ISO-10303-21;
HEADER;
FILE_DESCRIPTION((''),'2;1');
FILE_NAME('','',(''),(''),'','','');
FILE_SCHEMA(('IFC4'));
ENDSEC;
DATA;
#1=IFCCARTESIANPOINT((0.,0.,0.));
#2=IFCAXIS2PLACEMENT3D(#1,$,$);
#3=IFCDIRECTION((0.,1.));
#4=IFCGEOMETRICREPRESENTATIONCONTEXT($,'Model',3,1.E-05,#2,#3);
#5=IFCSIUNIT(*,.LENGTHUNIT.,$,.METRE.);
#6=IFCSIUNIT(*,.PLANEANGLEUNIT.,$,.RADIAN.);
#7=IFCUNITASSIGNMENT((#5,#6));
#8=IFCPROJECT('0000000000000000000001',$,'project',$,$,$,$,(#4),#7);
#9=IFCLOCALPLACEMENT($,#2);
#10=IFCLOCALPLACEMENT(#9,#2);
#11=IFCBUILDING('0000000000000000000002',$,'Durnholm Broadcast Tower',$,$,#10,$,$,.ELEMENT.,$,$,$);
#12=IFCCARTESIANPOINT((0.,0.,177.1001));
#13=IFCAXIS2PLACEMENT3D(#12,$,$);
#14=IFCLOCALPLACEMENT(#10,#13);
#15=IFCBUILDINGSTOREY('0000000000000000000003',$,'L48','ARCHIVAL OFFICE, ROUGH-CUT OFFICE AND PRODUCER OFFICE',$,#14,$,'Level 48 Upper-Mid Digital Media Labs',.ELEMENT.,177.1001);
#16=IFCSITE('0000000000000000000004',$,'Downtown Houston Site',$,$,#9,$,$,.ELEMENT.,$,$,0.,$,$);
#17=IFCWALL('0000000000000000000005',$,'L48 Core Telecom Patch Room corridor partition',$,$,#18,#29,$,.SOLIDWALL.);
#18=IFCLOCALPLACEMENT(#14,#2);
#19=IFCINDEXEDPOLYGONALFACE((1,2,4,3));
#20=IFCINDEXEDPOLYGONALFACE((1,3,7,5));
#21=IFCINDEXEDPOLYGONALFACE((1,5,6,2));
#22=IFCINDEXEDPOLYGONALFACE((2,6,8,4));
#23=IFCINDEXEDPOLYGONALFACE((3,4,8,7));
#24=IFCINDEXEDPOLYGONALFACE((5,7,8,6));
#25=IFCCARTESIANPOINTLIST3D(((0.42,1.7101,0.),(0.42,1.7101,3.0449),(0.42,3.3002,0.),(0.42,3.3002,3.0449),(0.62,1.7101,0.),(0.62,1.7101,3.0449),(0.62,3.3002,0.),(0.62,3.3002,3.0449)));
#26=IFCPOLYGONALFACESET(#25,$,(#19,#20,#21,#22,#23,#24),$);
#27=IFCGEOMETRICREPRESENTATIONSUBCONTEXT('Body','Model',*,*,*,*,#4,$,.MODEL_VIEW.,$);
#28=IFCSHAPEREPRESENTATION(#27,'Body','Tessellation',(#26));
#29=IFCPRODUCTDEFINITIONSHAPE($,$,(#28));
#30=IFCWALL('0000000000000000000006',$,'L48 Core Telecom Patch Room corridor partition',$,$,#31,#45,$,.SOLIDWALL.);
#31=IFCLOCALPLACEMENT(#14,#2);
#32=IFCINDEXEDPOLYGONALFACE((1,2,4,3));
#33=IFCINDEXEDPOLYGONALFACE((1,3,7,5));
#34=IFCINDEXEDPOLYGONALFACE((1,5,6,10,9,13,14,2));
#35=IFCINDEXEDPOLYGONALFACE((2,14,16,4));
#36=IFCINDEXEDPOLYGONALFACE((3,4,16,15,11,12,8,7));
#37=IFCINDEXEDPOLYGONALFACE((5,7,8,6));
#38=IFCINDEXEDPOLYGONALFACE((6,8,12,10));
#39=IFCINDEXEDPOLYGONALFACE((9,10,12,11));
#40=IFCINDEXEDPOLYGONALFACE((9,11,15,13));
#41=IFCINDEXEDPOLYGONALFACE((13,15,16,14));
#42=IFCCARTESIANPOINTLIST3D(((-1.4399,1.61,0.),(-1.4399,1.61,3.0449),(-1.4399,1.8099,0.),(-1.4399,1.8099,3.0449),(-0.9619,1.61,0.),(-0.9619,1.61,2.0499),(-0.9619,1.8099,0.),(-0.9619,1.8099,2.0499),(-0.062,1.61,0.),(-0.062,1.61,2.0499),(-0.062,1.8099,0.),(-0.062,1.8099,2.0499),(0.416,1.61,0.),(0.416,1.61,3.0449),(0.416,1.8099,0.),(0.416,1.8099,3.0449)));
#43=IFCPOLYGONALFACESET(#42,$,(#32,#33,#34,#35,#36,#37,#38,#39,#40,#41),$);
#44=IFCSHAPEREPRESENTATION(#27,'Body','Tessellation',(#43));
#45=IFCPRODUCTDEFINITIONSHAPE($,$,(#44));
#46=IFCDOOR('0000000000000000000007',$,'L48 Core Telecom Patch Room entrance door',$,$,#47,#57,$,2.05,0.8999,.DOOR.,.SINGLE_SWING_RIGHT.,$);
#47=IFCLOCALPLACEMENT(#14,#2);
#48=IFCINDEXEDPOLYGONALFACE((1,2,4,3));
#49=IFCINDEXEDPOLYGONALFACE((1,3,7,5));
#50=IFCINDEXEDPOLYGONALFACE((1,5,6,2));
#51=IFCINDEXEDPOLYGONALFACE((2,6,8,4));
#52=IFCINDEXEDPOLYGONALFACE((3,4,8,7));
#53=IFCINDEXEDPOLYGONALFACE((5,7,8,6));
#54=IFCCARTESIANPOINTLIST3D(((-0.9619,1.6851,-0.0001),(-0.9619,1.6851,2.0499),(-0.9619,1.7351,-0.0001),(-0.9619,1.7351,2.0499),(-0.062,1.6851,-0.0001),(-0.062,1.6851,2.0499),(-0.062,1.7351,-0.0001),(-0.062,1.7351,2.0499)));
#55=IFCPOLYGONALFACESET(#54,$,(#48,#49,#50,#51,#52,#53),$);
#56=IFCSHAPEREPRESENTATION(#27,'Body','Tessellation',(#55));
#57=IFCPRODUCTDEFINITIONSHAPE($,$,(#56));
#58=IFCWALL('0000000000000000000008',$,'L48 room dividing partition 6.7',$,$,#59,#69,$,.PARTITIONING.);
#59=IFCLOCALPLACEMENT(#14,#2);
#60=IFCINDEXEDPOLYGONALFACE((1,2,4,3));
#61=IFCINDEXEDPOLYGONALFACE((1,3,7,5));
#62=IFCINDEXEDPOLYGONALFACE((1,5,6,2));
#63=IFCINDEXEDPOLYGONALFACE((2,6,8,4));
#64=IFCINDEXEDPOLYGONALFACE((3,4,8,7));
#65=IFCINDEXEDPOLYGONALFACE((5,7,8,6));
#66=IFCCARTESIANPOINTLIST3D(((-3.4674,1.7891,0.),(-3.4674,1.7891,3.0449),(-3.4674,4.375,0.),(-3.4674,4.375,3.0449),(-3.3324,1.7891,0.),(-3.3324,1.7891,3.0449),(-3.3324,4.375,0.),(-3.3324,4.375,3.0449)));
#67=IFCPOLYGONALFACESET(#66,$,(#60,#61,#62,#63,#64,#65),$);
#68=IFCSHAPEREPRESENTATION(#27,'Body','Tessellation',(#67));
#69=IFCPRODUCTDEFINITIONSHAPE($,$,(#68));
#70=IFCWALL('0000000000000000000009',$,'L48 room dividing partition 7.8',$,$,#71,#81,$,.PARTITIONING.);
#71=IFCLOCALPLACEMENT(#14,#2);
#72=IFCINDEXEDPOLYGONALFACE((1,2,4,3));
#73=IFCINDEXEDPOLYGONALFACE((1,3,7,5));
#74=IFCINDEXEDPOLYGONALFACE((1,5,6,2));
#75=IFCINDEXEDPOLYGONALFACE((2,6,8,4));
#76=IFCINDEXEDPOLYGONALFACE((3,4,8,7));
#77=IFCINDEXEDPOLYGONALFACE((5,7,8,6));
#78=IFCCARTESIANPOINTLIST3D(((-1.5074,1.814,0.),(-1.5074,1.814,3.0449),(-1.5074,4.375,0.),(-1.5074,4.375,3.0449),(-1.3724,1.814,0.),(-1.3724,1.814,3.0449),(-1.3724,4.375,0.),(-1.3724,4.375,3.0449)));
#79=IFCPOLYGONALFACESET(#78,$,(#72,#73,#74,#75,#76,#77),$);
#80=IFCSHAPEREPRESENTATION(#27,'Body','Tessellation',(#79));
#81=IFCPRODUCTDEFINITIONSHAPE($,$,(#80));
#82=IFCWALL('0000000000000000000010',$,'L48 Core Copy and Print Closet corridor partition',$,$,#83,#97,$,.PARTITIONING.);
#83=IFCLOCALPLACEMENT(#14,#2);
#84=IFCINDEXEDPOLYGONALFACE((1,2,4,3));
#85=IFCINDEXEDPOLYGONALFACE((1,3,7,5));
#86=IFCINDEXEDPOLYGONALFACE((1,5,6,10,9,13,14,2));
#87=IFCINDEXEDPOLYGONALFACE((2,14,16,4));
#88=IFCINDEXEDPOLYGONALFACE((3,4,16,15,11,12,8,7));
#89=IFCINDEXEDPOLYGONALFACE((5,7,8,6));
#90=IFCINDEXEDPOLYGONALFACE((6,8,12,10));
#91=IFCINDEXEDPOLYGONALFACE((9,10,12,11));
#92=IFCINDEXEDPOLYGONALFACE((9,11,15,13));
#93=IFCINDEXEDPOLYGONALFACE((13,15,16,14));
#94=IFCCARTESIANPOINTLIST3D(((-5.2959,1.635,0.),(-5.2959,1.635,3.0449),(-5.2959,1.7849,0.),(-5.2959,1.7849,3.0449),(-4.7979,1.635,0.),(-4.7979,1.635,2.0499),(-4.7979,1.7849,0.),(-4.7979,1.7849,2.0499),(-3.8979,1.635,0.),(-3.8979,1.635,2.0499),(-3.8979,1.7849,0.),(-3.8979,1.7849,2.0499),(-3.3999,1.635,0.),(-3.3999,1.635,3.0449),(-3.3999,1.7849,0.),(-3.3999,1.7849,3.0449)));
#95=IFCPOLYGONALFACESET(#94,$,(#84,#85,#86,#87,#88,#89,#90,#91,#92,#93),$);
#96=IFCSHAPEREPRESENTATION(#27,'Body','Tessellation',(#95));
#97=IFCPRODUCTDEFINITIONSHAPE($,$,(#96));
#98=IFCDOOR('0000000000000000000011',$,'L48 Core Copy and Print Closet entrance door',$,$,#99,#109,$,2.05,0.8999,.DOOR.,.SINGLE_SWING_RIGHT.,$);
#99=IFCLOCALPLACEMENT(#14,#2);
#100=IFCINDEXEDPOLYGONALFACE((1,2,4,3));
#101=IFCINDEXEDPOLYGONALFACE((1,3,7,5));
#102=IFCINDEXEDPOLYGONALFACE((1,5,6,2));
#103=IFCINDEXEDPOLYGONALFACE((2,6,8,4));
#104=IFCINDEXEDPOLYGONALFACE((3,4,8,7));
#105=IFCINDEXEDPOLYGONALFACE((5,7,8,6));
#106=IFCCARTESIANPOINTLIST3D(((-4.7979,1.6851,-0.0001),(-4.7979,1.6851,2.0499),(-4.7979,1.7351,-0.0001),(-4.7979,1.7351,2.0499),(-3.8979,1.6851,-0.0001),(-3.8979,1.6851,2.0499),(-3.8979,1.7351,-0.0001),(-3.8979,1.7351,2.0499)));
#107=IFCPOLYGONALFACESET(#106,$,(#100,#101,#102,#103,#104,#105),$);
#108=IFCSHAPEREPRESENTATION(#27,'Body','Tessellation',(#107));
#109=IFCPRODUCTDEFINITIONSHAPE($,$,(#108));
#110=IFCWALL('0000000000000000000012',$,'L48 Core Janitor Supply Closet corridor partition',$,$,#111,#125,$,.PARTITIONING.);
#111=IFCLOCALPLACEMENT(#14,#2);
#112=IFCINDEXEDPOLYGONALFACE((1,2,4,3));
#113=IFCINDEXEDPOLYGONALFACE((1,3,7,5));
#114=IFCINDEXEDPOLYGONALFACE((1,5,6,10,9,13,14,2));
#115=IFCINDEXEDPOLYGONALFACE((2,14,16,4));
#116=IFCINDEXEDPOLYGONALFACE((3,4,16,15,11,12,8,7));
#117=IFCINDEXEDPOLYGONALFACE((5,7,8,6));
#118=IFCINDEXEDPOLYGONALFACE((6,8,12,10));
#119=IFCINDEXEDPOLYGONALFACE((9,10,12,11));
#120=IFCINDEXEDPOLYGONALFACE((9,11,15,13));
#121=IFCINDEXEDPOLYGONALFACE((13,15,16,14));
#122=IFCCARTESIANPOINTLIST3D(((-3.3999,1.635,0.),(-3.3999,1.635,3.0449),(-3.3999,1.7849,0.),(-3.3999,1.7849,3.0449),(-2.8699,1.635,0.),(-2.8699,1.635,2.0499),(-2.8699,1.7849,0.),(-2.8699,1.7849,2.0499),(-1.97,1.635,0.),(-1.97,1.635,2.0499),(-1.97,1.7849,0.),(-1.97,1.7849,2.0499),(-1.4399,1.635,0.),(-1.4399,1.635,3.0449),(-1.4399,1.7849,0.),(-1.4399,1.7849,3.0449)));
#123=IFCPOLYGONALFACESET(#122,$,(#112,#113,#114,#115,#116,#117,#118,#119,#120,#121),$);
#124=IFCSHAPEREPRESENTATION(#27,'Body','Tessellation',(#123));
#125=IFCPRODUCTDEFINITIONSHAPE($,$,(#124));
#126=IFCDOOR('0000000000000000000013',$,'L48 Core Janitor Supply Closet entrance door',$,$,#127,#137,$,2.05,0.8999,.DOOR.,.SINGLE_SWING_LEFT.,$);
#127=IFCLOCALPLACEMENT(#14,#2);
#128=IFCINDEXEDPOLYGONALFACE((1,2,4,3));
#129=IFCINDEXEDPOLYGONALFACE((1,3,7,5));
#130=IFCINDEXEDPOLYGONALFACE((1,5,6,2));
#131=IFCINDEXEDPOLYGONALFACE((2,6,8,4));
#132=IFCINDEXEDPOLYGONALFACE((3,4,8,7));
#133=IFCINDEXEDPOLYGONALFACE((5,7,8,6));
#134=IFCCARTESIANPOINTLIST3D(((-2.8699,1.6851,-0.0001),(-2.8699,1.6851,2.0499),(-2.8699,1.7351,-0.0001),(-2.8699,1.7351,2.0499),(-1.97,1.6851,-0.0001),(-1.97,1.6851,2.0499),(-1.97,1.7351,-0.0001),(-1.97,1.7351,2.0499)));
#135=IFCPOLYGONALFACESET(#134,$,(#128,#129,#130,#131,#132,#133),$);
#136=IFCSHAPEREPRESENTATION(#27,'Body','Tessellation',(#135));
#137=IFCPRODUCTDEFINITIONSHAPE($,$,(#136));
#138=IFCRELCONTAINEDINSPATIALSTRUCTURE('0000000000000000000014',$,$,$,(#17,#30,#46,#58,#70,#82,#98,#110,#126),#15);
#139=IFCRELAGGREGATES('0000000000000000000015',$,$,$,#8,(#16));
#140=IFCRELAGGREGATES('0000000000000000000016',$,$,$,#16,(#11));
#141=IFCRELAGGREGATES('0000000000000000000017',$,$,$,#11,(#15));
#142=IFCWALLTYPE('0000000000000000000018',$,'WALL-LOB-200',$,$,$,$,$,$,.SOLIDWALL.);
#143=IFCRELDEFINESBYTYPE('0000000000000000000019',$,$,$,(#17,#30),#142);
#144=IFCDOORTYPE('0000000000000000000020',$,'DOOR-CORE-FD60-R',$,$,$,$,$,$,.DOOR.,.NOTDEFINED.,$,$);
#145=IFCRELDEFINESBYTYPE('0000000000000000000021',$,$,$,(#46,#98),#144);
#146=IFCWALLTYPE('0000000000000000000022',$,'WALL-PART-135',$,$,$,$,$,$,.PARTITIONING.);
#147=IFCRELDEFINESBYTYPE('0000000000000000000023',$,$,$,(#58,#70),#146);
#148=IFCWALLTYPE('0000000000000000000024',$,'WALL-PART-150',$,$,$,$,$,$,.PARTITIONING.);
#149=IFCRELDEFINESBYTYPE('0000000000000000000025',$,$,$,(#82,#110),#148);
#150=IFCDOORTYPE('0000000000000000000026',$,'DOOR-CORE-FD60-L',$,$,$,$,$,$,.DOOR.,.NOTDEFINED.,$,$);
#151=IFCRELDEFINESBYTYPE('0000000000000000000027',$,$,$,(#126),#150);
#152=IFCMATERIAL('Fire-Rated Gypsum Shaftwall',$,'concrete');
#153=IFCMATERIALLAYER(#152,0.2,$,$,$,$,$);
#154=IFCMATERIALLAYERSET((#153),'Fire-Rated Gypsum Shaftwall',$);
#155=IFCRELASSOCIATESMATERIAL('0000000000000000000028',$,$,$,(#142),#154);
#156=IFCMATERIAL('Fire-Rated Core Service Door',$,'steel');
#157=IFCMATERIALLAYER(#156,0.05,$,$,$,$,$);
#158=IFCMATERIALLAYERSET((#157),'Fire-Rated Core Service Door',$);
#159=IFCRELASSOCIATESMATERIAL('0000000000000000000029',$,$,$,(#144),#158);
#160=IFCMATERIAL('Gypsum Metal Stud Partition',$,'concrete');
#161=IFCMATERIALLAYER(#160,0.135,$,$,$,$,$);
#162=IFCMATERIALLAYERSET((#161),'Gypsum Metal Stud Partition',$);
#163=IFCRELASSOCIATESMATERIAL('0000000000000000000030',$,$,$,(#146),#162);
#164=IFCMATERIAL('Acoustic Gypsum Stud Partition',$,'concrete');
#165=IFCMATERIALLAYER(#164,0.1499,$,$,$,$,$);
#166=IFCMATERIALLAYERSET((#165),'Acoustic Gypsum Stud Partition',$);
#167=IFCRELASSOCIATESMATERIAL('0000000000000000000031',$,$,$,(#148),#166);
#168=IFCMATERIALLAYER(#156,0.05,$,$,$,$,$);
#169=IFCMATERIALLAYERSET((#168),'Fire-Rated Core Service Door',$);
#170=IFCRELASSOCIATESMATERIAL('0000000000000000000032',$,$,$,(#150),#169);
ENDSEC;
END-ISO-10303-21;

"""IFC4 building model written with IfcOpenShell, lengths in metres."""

from ifc_helpers import new_model, si_unit, direction, frame, frame_2d, origin, place, context, subcontext, project, spatial, rectangle, extrude, source, transform, mapped, material, layer, layer_set, type_object, type_shapes, element, fill, save


model = new_model("IFC4")

# Units and contexts
model_context = context("Model", 3, precision=1e-05, world=origin(), true_north=direction((0.0, 1.0)))
body_context = subcontext(model_context, "Body", "Model", "MODEL_VIEW")
ifc_project = project(units=[si_unit("LENGTHUNIT", "METRE"), si_unit("PLANEANGLEUNIT", "RADIAN")], contexts=[model_context])

# Site, building, storey
site_placement = place(None, origin())
site = spatial("IfcSite", under=ifc_project, at=site_placement, Name="Downtown Houston Site", CompositionType="ELEMENT", RefElevation=0.0)
building_placement = place(site_placement, origin())
building = spatial("IfcBuilding", under=site, at=building_placement, Name="Durnholm Broadcast Tower", CompositionType="ELEMENT")
storey_placement = place(building_placement, frame((0.0, 0.0, 177.1001)))
storey = spatial("IfcBuildingStorey", under=building, at=storey_placement, Name="L48", Description="ARCHIVAL OFFICE, ROUGH-CUT OFFICE AND PRODUCER OFFICE", LongName="Level 48 Upper-Mid Digital Media Labs", CompositionType="ELEMENT", Elevation=177.1001)

# Shared definitions
ifc_material_1 = material(Name="Fire-Rated Gypsum Shaftwall", Category="concrete")
ifc_layer_1 = layer(ifc_material_1, 0.2)
ifc_layer_set_1 = layer_set([ifc_layer_1], Name="Fire-Rated Gypsum Shaftwall")
wall_type_1 = type_object("IfcWallType", Name="WALL-LOB-200", PredefinedType="SOLIDWALL", material=ifc_layer_set_1)

# Wall
wall_1_placement = place(storey_placement, frame((0.52, 3.3, 0.0), z_axis=(0.0, 0.0, 1.0), x_axis=(0.0, -1.0, 0.0)))
element("IfcWall", 1, at=wall_1_placement, inside=storey, type_object=wall_type_1, Name="L48 Core Telecom Patch Room corridor partition", PredefinedType="SOLIDWALL", context=body_context, shape_type="SweptSolid", body=[
    extrude(rectangle(XDim=1.5901, YDim=0.2, at=frame_2d((0.7949, 0.0))), origin(), (0.0, 0.0, 1.0), 3.0449),
])

# Wall, opening, door
wall_2_placement = place(storey_placement, frame((0.416, 1.71, 0.0), z_axis=(0.0, 0.0, 1.0), x_axis=(-1.0, 0.0, 0.0)))
wall_2 = element("IfcWall", 2, at=wall_2_placement, inside=storey, type_object=wall_type_1, Name="L48 Core Telecom Patch Room corridor partition", PredefinedType="SOLIDWALL", context=body_context, shape_type="SweptSolid", body=[
    extrude(rectangle(XDim=1.856, YDim=0.2, at=frame_2d((0.928, 0.0))), origin(), (0.0, 0.0, 1.0), 3.0449),
])
opening_1_placement = place(wall_2_placement, frame((0.478, 0.0, 0.0)))
opening_1 = element("IfcOpeningElement", 3, at=opening_1_placement, cuts=wall_2, PredefinedType="OPENING", context=body_context, shape_type="SweptSolid", body=[
    extrude(rectangle(XDim=0.8999, YDim=2.05, at=frame_2d((0.45, 1.0249))), frame((0.0, 0.1099, 0.0), z_axis=(0.0, -1.0, 0.0), x_axis=(1.0, 0.0, 0.0)), (0.0, 0.0, 1.0), 0.22),
])
ifc_material_2 = material(Name="Fire-Rated Core Service Door", Category="steel")
ifc_layer_2 = layer(ifc_material_2, 0.05)
ifc_layer_set_2 = layer_set([ifc_layer_2], Name="Fire-Rated Core Service Door")
door_type_1 = type_object("IfcDoorType", Name="DOOR-CORE-FD60-R", OperationType="NOTDEFINED", PredefinedType="DOOR", material=ifc_layer_set_2)
shared_shape_1 = source(origin(), body_context, "Body", "SweptSolid", [
    extrude(rectangle(XDim=0.8999, YDim=2.05, at=frame_2d((0.45, 1.0249))), frame((0.0, 0.0249, 0.0), z_axis=(0.0, -1.0, 0.0), x_axis=(1.0, 0.0, 0.0)), (0.0, 0.0, 1.0), 0.05),
])
type_shapes(door_type_1, [shared_shape_1])
door_1_placement = place(opening_1_placement, origin())
door_1 = element("IfcDoor", 4, at=door_1_placement, inside=storey, type_object=door_type_1, Name="L48 Core Telecom Patch Room entrance door", OperationType="SINGLE_SWING_RIGHT", OverallHeight=2.05, OverallWidth=0.8999, PredefinedType="DOOR", context=body_context, shape_type="MappedRepresentation", body=[
    mapped(shared_shape_1, transform((0.0, 0.0, 0.0), x_axis=(1.0, 0.0, 0.0), y_axis=(0.0, 1.0, 0.0), z_axis=(0.0, 0.0, 1.0), scale=1.0)),
])
fill(opening_1, door_1)

# Walls
ifc_material_3 = material(Name="Gypsum Metal Stud Partition", Category="concrete")
ifc_layer_3 = layer(ifc_material_3, 0.135)
ifc_layer_set_3 = layer_set([ifc_layer_3], Name="Gypsum Metal Stud Partition")
wall_type_2 = type_object("IfcWallType", Name="WALL-PART-135", PredefinedType="PARTITIONING", material=ifc_layer_set_3)
wall_3_placement = place(storey_placement, frame((-3.3999, 4.375, 0.0), z_axis=(0.0, 0.0, 1.0), x_axis=(0.0, -1.0, 0.0)))
element("IfcWall", 5, at=wall_3_placement, inside=storey, type_object=wall_type_2, Name="L48 room dividing partition 6.7", PredefinedType="PARTITIONING", context=body_context, shape_type="SweptSolid", body=[
    extrude(rectangle(XDim=2.5859, YDim=0.135, at=frame_2d((1.293, 0.0))), origin(), (0.0, 0.0, 1.0), 3.0449),
])
wall_4_placement = place(storey_placement, frame((-1.4399, 4.375, 0.0), z_axis=(0.0, 0.0, 1.0), x_axis=(0.0, -1.0, 0.0)))
element("IfcWall", 6, at=wall_4_placement, inside=storey, type_object=wall_type_2, Name="L48 room dividing partition 7.8", PredefinedType="PARTITIONING", context=body_context, shape_type="SweptSolid", body=[
    extrude(rectangle(XDim=2.561, YDim=0.135, at=frame_2d((1.2805, 0.0))), origin(), (0.0, 0.0, 1.0), 3.0449),
])

# Walls, openings, doors
ifc_material_4 = material(Name="Acoustic Gypsum Stud Partition", Category="concrete")
ifc_layer_4 = layer(ifc_material_4, 0.1499)
ifc_layer_set_4 = layer_set([ifc_layer_4], Name="Acoustic Gypsum Stud Partition")
wall_type_3 = type_object("IfcWallType", Name="WALL-PART-150", PredefinedType="PARTITIONING", material=ifc_layer_set_4)
wall_5_placement = place(storey_placement, frame((-3.3999, 1.71, 0.0), z_axis=(0.0, 0.0, 1.0), x_axis=(-1.0, 0.0, 0.0)))
wall_5 = element("IfcWall", 7, at=wall_5_placement, inside=storey, type_object=wall_type_3, Name="L48 Core Copy and Print Closet corridor partition", PredefinedType="PARTITIONING", context=body_context, shape_type="SweptSolid", body=[
    extrude(rectangle(XDim=1.896, YDim=0.1499, at=frame_2d((0.948, 0.0))), origin(), (0.0, 0.0, 1.0), 3.0449),
])
opening_2_placement = place(wall_5_placement, frame((0.498, 0.0, 0.0)))
opening_2 = element("IfcOpeningElement", 8, at=opening_2_placement, cuts=wall_5, PredefinedType="OPENING", context=body_context, shape_type="SweptSolid", body=[
    extrude(rectangle(XDim=0.8999, YDim=2.05, at=frame_2d((0.45, 1.0249))), frame((0.0, 0.085, 0.0), z_axis=(0.0, -1.0, 0.0), x_axis=(1.0, 0.0, 0.0)), (0.0, 0.0, 1.0), 0.1699),
])
door_2_placement = place(opening_2_placement, origin())
door_2 = element("IfcDoor", 9, at=door_2_placement, inside=storey, type_object=door_type_1, Name="L48 Core Copy and Print Closet entrance door", OperationType="SINGLE_SWING_RIGHT", OverallHeight=2.05, OverallWidth=0.8999, PredefinedType="DOOR", context=body_context, shape_type="MappedRepresentation", body=[
    mapped(shared_shape_1, transform((0.0, 0.0, 0.0), x_axis=(1.0, 0.0, 0.0), y_axis=(0.0, 1.0, 0.0), z_axis=(0.0, 0.0, 1.0), scale=1.0)),
])
fill(opening_2, door_2)
wall_6_placement = place(storey_placement, frame((-1.4399, 1.71, 0.0), z_axis=(0.0, 0.0, 1.0), x_axis=(-1.0, 0.0, 0.0)))
wall_6 = element("IfcWall", 10, at=wall_6_placement, inside=storey, type_object=wall_type_3, Name="L48 Core Janitor Supply Closet corridor partition", PredefinedType="PARTITIONING", context=body_context, shape_type="SweptSolid", body=[
    extrude(rectangle(XDim=1.96, YDim=0.1499, at=frame_2d((0.98, 0.0))), origin(), (0.0, 0.0, 1.0), 3.0449),
])
opening_3_placement = place(wall_6_placement, frame((0.53, 0.0, 0.0)))
opening_3 = element("IfcOpeningElement", 11, at=opening_3_placement, cuts=wall_6, PredefinedType="OPENING", context=body_context, shape_type="SweptSolid", body=[
    extrude(rectangle(XDim=0.8999, YDim=2.05, at=frame_2d((0.45, 1.0249))), frame((0.0, 0.085, 0.0), z_axis=(0.0, -1.0, 0.0), x_axis=(1.0, 0.0, 0.0)), (0.0, 0.0, 1.0), 0.1699),
])
ifc_layer_5 = layer(ifc_material_2, 0.05)
ifc_layer_set_5 = layer_set([ifc_layer_5], Name="Fire-Rated Core Service Door")
door_type_2 = type_object("IfcDoorType", Name="DOOR-CORE-FD60-L", OperationType="NOTDEFINED", PredefinedType="DOOR", material=ifc_layer_set_5)
shared_shape_2 = source(origin(), body_context, "Body", "SweptSolid", [
    extrude(rectangle(XDim=0.8999, YDim=2.05, at=frame_2d((0.45, 1.0249))), frame((0.0, 0.0249, 0.0), z_axis=(0.0, -1.0, 0.0), x_axis=(1.0, 0.0, 0.0)), (0.0, 0.0, 1.0), 0.05),
])
type_shapes(door_type_2, [shared_shape_2])
door_3_placement = place(opening_3_placement, origin())
door_3 = element("IfcDoor", 12, at=door_3_placement, inside=storey, type_object=door_type_2, Name="L48 Core Janitor Supply Closet entrance door", OperationType="SINGLE_SWING_LEFT", OverallHeight=2.05, OverallWidth=0.8999, PredefinedType="DOOR", context=body_context, shape_type="MappedRepresentation", body=[
    mapped(shared_shape_2, transform((0.0, 0.0, 0.0), x_axis=(1.0, 0.0, 0.0), y_axis=(0.0, 1.0, 0.0), z_axis=(0.0, 0.0, 1.0), scale=1.0)),
])
fill(opening_3, door_3)

save(model, "model.ifc")
